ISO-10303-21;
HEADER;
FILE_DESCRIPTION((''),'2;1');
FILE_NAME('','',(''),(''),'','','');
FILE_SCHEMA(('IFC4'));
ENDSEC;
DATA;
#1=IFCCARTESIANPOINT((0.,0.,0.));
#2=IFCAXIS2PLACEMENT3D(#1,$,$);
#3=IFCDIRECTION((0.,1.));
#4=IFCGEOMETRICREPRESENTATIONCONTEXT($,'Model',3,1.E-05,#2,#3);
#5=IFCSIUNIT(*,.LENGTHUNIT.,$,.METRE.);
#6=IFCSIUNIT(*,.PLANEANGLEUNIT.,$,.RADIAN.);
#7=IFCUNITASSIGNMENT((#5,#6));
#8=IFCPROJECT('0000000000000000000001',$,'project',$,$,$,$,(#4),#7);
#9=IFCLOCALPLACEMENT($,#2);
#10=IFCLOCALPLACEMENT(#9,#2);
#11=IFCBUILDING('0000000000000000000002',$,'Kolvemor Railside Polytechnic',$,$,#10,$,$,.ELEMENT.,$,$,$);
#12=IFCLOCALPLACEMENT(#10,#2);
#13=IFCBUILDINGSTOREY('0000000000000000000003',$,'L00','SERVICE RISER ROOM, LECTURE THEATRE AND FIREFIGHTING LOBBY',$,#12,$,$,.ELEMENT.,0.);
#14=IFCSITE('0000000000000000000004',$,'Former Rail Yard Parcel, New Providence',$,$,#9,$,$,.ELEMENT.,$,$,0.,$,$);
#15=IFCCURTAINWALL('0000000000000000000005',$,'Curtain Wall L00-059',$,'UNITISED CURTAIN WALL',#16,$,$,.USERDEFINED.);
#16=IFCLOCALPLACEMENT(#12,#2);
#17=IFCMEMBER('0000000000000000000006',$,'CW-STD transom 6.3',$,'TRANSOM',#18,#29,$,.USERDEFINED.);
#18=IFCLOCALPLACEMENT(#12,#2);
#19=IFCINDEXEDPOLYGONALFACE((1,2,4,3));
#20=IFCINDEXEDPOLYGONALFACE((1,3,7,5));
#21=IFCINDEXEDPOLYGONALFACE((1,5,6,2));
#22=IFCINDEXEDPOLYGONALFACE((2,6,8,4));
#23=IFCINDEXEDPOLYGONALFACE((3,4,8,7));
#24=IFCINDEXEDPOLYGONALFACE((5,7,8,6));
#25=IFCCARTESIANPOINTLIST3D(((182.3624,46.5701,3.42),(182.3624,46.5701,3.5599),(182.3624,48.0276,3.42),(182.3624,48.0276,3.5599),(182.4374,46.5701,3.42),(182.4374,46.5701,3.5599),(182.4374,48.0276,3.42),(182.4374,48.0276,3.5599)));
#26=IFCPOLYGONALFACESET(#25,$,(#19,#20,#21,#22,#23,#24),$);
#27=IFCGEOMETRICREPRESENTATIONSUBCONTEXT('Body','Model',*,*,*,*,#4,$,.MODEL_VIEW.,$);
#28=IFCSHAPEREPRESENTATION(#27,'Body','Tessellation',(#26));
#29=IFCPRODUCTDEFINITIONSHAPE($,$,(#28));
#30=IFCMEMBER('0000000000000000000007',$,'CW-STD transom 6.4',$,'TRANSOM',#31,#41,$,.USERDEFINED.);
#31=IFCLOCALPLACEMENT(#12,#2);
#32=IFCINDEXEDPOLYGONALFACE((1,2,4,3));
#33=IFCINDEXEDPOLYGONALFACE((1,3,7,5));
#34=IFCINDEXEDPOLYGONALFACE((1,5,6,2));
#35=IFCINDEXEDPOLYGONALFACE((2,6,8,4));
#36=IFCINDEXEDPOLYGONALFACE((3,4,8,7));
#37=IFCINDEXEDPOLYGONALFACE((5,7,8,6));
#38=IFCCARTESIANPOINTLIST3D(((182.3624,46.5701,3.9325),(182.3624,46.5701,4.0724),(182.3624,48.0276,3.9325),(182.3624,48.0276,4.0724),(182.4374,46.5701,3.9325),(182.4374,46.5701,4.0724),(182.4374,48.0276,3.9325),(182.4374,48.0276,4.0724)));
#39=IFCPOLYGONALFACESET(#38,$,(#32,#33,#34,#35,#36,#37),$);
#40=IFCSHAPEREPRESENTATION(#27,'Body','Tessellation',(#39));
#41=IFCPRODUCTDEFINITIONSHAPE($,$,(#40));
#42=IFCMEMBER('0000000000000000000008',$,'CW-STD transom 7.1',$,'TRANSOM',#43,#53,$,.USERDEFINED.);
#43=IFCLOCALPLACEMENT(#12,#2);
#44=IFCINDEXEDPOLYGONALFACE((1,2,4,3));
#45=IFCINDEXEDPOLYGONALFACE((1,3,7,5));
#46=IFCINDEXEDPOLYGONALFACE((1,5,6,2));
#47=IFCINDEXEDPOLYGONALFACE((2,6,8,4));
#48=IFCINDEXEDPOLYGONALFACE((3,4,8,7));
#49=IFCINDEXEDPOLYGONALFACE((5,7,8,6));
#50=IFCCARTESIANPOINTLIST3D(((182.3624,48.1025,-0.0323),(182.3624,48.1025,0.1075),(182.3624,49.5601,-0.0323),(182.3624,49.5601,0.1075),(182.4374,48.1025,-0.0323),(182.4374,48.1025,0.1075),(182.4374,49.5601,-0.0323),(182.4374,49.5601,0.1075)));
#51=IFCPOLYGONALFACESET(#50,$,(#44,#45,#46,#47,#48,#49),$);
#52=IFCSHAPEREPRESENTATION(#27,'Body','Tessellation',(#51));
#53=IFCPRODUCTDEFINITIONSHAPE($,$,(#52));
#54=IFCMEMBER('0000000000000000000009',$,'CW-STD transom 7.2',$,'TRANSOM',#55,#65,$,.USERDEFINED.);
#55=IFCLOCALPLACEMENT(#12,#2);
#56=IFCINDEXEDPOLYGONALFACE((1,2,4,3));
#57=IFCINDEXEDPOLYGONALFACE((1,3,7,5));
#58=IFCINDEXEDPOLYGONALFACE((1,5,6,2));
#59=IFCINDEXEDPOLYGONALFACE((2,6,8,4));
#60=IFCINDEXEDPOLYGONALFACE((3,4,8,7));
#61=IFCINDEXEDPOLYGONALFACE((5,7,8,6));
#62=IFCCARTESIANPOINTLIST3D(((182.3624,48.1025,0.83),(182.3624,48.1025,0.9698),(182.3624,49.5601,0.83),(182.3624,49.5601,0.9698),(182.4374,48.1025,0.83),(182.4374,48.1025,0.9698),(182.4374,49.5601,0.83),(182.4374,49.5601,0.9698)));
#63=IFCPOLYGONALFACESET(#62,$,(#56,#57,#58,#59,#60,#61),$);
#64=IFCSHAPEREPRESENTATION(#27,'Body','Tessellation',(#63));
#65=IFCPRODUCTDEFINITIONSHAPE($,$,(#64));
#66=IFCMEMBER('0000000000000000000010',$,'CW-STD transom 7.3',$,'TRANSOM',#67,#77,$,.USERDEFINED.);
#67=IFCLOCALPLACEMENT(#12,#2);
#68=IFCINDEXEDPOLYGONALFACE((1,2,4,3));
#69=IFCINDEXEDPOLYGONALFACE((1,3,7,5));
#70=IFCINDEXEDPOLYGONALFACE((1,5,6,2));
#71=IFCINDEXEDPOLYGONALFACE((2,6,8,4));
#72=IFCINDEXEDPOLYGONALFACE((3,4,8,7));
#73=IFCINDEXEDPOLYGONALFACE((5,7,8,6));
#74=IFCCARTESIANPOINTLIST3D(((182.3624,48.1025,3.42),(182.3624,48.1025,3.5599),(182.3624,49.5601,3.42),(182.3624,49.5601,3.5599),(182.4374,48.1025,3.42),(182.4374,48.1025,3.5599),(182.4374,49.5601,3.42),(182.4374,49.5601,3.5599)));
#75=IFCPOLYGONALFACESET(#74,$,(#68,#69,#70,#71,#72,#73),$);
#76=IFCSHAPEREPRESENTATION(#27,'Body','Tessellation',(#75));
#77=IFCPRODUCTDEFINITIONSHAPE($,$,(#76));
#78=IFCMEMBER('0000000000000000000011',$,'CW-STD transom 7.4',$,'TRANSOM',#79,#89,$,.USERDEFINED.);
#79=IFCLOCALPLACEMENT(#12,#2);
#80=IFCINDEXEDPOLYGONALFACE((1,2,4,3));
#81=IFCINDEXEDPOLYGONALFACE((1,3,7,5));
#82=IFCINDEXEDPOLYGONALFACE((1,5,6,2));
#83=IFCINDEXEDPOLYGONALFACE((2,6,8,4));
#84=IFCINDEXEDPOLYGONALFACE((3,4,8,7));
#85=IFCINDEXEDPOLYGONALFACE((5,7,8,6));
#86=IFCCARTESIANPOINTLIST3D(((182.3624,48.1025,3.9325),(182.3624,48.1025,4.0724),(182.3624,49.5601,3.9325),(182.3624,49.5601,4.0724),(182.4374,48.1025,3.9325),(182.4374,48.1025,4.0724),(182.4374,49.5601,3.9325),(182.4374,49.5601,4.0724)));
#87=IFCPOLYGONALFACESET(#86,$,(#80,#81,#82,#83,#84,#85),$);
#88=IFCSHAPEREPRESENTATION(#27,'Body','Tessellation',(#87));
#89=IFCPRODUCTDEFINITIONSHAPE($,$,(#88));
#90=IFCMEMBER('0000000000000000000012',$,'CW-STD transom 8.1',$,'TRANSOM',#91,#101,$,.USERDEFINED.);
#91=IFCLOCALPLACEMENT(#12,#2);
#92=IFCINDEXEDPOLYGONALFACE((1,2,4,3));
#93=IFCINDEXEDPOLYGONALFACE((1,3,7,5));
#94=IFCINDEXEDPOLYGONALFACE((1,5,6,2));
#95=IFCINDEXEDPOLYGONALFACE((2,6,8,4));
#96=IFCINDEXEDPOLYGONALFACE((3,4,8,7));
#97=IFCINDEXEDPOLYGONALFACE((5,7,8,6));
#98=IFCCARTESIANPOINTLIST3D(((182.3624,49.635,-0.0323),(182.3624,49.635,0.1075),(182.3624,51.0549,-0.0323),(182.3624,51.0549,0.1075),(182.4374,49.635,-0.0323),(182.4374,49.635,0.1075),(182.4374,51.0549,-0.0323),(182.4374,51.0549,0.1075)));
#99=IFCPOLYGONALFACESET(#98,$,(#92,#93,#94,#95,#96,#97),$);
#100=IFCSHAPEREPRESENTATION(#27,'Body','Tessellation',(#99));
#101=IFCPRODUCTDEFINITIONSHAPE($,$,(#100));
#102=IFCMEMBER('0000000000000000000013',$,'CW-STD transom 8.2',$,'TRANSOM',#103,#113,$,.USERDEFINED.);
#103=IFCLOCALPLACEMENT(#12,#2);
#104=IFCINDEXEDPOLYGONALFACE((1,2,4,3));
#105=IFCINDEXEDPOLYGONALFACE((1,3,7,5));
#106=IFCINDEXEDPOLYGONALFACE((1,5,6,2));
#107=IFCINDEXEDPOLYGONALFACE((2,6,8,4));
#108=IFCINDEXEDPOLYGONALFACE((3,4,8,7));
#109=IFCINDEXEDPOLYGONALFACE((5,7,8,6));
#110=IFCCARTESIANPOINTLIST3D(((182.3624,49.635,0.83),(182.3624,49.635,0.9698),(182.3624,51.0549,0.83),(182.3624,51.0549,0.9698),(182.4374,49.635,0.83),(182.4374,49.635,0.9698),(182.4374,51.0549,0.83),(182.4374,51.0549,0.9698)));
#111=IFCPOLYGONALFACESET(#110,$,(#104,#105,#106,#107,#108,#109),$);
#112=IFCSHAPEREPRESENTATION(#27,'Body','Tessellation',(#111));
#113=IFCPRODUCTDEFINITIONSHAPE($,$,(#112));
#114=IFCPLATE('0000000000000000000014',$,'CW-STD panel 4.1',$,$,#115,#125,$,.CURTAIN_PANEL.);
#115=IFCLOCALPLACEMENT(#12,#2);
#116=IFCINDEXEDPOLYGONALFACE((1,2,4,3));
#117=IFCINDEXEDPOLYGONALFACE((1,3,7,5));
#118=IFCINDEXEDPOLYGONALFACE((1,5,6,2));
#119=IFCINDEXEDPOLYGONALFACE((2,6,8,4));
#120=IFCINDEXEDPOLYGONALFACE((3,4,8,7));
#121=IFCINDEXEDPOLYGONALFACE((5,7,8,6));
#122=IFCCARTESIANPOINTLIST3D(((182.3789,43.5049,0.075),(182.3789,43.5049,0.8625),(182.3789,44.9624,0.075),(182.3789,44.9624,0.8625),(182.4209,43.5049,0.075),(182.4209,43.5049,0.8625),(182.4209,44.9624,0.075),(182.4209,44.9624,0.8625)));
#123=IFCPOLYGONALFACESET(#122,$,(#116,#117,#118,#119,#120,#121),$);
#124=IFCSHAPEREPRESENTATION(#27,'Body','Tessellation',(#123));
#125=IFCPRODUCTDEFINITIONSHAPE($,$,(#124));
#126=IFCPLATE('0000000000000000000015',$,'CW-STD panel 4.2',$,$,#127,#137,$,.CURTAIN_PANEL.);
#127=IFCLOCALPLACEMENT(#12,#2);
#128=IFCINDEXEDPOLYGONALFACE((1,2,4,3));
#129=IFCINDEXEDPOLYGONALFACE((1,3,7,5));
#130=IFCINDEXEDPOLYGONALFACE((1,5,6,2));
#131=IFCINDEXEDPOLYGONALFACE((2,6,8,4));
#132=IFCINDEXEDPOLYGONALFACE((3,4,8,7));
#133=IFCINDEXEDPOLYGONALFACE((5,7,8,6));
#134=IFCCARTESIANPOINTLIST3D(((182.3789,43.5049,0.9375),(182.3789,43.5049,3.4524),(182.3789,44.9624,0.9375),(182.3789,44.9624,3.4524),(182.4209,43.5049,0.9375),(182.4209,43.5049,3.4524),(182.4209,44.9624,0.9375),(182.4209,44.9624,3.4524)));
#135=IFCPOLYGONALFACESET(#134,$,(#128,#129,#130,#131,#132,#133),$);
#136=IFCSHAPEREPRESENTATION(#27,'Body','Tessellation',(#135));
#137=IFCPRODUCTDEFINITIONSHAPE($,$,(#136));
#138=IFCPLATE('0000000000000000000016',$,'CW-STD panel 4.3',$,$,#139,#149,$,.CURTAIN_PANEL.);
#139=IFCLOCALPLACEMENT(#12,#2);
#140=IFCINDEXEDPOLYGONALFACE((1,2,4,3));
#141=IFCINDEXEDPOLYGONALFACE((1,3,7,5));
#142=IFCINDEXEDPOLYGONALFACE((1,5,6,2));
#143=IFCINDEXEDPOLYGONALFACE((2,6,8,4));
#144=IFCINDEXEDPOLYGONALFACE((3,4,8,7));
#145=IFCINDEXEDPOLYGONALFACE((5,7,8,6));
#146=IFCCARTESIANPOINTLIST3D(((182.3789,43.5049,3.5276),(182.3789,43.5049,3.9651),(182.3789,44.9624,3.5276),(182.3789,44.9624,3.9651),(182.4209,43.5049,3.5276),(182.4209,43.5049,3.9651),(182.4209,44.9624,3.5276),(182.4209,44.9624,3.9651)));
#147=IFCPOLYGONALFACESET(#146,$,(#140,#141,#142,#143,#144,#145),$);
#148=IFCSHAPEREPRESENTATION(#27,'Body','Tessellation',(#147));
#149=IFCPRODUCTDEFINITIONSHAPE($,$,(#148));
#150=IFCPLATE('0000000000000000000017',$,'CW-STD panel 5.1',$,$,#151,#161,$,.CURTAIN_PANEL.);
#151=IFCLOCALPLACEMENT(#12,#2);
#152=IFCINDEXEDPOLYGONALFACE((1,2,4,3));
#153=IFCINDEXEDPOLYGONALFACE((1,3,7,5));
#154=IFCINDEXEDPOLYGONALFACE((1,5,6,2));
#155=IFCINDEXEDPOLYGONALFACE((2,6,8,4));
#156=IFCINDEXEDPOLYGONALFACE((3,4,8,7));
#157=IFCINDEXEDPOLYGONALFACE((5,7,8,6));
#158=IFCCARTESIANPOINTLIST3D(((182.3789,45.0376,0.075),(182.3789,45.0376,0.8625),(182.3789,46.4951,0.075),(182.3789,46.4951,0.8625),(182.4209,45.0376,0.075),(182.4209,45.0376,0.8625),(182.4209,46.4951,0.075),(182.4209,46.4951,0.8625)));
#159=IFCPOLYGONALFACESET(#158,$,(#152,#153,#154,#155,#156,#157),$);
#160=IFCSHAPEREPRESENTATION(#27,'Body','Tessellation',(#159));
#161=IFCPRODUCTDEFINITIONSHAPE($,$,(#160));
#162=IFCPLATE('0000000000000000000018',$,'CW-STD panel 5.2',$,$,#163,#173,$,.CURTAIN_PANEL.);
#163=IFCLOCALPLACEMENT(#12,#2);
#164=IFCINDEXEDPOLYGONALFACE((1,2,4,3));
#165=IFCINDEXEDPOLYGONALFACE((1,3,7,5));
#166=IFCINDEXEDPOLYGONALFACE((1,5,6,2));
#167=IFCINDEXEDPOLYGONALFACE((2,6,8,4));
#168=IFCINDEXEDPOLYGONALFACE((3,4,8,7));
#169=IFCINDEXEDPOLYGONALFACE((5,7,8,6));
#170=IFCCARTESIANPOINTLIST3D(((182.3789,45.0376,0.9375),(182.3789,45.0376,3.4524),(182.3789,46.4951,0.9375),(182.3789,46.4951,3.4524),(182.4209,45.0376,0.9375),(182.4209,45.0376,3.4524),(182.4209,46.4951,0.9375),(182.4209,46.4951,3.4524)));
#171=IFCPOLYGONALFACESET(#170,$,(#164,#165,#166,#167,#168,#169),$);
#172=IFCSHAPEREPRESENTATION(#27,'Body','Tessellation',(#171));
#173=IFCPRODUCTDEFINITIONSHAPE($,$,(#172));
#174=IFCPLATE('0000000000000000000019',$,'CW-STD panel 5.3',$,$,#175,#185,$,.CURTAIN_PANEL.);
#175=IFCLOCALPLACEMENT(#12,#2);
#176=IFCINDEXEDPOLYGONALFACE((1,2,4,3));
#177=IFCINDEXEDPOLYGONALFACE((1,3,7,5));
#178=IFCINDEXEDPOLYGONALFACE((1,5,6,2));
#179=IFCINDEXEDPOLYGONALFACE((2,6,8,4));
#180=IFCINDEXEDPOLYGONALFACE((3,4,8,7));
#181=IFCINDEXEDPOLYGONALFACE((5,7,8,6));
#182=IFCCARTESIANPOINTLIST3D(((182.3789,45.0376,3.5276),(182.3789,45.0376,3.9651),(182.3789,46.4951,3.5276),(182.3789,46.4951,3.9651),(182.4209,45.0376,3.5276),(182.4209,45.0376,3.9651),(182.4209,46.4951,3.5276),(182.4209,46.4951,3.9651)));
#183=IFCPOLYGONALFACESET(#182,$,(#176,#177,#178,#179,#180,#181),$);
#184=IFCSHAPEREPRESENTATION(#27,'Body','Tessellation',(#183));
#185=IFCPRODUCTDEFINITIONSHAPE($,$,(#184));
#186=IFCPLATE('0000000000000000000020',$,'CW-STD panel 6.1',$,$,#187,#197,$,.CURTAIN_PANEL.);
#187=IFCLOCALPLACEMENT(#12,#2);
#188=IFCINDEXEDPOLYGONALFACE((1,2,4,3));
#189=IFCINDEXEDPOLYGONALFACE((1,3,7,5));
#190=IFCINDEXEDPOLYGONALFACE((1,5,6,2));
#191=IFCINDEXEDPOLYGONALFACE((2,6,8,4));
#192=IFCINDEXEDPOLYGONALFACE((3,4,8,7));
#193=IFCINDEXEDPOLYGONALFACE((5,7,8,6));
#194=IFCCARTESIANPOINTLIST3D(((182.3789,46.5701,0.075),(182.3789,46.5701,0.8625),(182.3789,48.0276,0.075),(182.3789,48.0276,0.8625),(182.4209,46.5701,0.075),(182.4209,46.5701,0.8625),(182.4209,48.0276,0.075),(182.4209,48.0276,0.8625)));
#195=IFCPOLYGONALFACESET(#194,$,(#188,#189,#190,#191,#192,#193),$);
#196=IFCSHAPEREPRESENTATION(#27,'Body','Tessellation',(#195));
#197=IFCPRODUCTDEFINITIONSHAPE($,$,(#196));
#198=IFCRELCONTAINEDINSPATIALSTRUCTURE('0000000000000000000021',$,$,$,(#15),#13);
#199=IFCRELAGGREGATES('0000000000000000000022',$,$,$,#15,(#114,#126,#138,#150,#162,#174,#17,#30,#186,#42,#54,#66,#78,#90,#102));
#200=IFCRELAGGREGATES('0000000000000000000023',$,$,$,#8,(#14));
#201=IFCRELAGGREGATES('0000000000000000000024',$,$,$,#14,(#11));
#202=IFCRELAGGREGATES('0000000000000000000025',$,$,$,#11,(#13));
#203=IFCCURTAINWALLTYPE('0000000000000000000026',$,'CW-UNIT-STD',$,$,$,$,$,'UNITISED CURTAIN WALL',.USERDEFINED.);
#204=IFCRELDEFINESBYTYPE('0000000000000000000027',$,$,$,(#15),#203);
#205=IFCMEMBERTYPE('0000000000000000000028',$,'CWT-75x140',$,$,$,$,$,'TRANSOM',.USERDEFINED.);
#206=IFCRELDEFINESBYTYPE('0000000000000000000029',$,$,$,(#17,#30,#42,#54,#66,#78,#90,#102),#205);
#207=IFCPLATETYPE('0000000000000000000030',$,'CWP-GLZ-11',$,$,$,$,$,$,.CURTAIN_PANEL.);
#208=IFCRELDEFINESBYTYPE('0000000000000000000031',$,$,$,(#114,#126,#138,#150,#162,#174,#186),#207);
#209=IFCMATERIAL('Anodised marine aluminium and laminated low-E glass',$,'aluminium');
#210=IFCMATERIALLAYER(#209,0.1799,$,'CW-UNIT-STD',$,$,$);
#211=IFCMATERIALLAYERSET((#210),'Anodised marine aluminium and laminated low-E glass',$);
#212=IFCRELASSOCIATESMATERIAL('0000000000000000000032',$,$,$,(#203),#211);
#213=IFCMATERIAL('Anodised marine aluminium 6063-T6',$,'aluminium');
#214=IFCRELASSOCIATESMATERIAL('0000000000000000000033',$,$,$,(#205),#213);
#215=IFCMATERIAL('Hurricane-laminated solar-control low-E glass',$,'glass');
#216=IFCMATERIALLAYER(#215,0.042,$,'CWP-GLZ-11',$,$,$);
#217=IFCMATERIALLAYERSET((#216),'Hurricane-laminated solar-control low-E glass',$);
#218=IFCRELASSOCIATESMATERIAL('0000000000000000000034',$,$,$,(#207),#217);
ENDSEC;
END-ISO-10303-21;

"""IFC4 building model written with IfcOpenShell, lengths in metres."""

from ifc_helpers import new_model, si_unit, direction, frame, origin, origin_2d, place, context, subcontext, project, spatial, rectangle, extrude, material, layer, layer_set, material_profile, profile_set, type_object, element, aggregate, save


model = new_model("IFC4")

# Units and contexts
model_context = context("Model", 3, precision=1e-05, world=origin(), true_north=direction((0.0, 1.0)))
body_context = subcontext(model_context, "Body", "Model", "MODEL_VIEW")
ifc_project = project(units=[si_unit("LENGTHUNIT", "METRE"), si_unit("PLANEANGLEUNIT", "RADIAN")], contexts=[model_context])

# Site, building, storey
site_placement = place(None, origin())
site = spatial("IfcSite", under=ifc_project, at=site_placement, Name="Former Rail Yard Parcel, New Providence", CompositionType="ELEMENT", RefElevation=0.0)
building_placement = place(site_placement, origin())
building = spatial("IfcBuilding", under=site, at=building_placement, Name="Kolvemor Railside Polytechnic", CompositionType="ELEMENT")
storey_placement = place(building_placement, origin())
storey = spatial("IfcBuildingStorey", under=building, at=storey_placement, Name="L00", Description="SERVICE RISER ROOM, LECTURE THEATRE AND FIREFIGHTING LOBBY", CompositionType="ELEMENT", Elevation=0.0)

# Curtain wall, members, plates
ifc_material_1 = material(Name="Anodised marine aluminium and laminated low-E glass", Category="aluminium")
ifc_layer_1 = layer(ifc_material_1, 0.1799, Name="CW-UNIT-STD")
ifc_layer_set_1 = layer_set([ifc_layer_1], Name="Anodised marine aluminium and laminated low-E glass")
curtain_wall_type = type_object("IfcCurtainWallType", Name="CW-UNIT-STD", ElementType="UNITISED CURTAIN WALL", PredefinedType="USERDEFINED", material=ifc_layer_set_1)
curtain_wall_placement = place(storey_placement, origin())
curtain_wall = element("IfcCurtainWall", 1, at=curtain_wall_placement, inside=storey, type_object=curtain_wall_type, Name="Curtain Wall L00-059", ObjectType="UNITISED CURTAIN WALL", PredefinedType="USERDEFINED")
ifc_material_2 = material(Name="Anodised marine aluminium 6063-T6", Category="aluminium")
ifc_material_profile_1 = material_profile(ifc_material_2, rectangle(XDim=0.075, YDim=0.1399, at=origin_2d()), Name="CW-TRN-75x140")
ifc_profile_set_1 = profile_set([ifc_material_profile_1], Name="Anodised marine aluminium 6063-T6")
member_type_1 = type_object("IfcMemberType", Name="CWT-75x140", ElementType="TRANSOM", PredefinedType="USERDEFINED", material=ifc_profile_set_1)
member_1_placement = place(storey_placement, frame((182.3999, 46.5701, 3.49), z_axis=(0.0, 1.0, 0.0), x_axis=(-1.0, 0.0, 0.0)))
member_1 = element("IfcMember", 2, at=member_1_placement, type_object=member_type_1, Name="CW-STD transom 6.3", ObjectType="TRANSOM", PredefinedType="USERDEFINED", context=body_context, shape_type="SweptSolid", body=[
    extrude(rectangle(XDim=0.075, YDim=0.1399, at=origin_2d()), origin(), (0.0, 0.0, 1.0), 1.4575),
])
member_2_placement = place(storey_placement, frame((182.3999, 46.5701, 4.0024), z_axis=(0.0, 1.0, 0.0), x_axis=(-1.0, 0.0, 0.0)))
member_2 = element("IfcMember", 3, at=member_2_placement, type_object=member_type_1, Name="CW-STD transom 6.4", ObjectType="TRANSOM", PredefinedType="USERDEFINED", context=body_context, shape_type="SweptSolid", body=[
    extrude(rectangle(XDim=0.075, YDim=0.1399, at=origin_2d()), origin(), (0.0, 0.0, 1.0), 1.4575),
])
member_3_placement = place(storey_placement, frame((182.3999, 48.1025, 0.0376), z_axis=(0.0, 1.0, 0.0), x_axis=(-1.0, 0.0, 0.0)))
member_3 = element("IfcMember", 4, at=member_3_placement, type_object=member_type_1, Name="CW-STD transom 7.1", ObjectType="TRANSOM", PredefinedType="USERDEFINED", context=body_context, shape_type="SweptSolid", body=[
    extrude(rectangle(XDim=0.075, YDim=0.1399, at=origin_2d()), origin(), (0.0, 0.0, 1.0), 1.4575),
])
member_4_placement = place(storey_placement, frame((182.3999, 48.1025, 0.8999), z_axis=(0.0, 1.0, 0.0), x_axis=(-1.0, 0.0, 0.0)))
member_4 = element("IfcMember", 5, at=member_4_placement, type_object=member_type_1, Name="CW-STD transom 7.2", ObjectType="TRANSOM", PredefinedType="USERDEFINED", context=body_context, shape_type="SweptSolid", body=[
    extrude(rectangle(XDim=0.075, YDim=0.1399, at=origin_2d()), origin(), (0.0, 0.0, 1.0), 1.4575),
])
member_5_placement = place(storey_placement, frame((182.3999, 48.1025, 3.49), z_axis=(0.0, 1.0, 0.0), x_axis=(-1.0, 0.0, 0.0)))
member_5 = element("IfcMember", 6, at=member_5_placement, type_object=member_type_1, Name="CW-STD transom 7.3", ObjectType="TRANSOM", PredefinedType="USERDEFINED", context=body_context, shape_type="SweptSolid", body=[
    extrude(rectangle(XDim=0.075, YDim=0.1399, at=origin_2d()), origin(), (0.0, 0.0, 1.0), 1.4575),
])
member_6_placement = place(storey_placement, frame((182.3999, 48.1025, 4.0024), z_axis=(0.0, 1.0, 0.0), x_axis=(-1.0, 0.0, 0.0)))
member_6 = element("IfcMember", 7, at=member_6_placement, type_object=member_type_1, Name="CW-STD transom 7.4", ObjectType="TRANSOM", PredefinedType="USERDEFINED", context=body_context, shape_type="SweptSolid", body=[
    extrude(rectangle(XDim=0.075, YDim=0.1399, at=origin_2d()), origin(), (0.0, 0.0, 1.0), 1.4575),
])
member_7_placement = place(storey_placement, frame((182.3999, 49.635, 0.0376), z_axis=(0.0, 1.0, 0.0), x_axis=(-1.0, 0.0, 0.0)))
member_7 = element("IfcMember", 8, at=member_7_placement, type_object=member_type_1, Name="CW-STD transom 8.1", ObjectType="TRANSOM", PredefinedType="USERDEFINED", context=body_context, shape_type="SweptSolid", body=[
    extrude(rectangle(XDim=0.075, YDim=0.1399, at=origin_2d()), origin(), (0.0, 0.0, 1.0), 1.4199),
])
member_8_placement = place(storey_placement, frame((182.3999, 49.635, 0.8999), z_axis=(0.0, 1.0, 0.0), x_axis=(-1.0, 0.0, 0.0)))
member_8 = element("IfcMember", 9, at=member_8_placement, type_object=member_type_1, Name="CW-STD transom 8.2", ObjectType="TRANSOM", PredefinedType="USERDEFINED", context=body_context, shape_type="SweptSolid", body=[
    extrude(rectangle(XDim=0.075, YDim=0.1399, at=origin_2d()), origin(), (0.0, 0.0, 1.0), 1.4199),
])
ifc_material_3 = material(Name="Hurricane-laminated solar-control low-E glass", Category="glass")
ifc_layer_2 = layer(ifc_material_3, 0.042, Name="CWP-GLZ-11")
ifc_layer_set_2 = layer_set([ifc_layer_2], Name="Hurricane-laminated solar-control low-E glass")
plate_type = type_object("IfcPlateType", Name="CWP-GLZ-11", PredefinedType="CURTAIN_PANEL", material=ifc_layer_set_2)
plate_1_placement = place(storey_placement, frame((182.3999, 44.2336, 0.075), z_axis=(0.0, 0.0, 1.0), x_axis=(0.0, 1.0, 0.0)))
plate_1 = element("IfcPlate", 10, at=plate_1_placement, type_object=plate_type, Name="CW-STD panel 4.1", PredefinedType="CURTAIN_PANEL", context=body_context, shape_type="SweptSolid", body=[
    extrude(rectangle(XDim=1.4575, YDim=0.042, at=origin_2d()), origin(), (0.0, 0.0, 1.0), 0.7876),
])
plate_2_placement = place(storey_placement, frame((182.3999, 44.2336, 0.9375), z_axis=(0.0, 0.0, 1.0), x_axis=(0.0, 1.0, 0.0)))
plate_2 = element("IfcPlate", 11, at=plate_2_placement, type_object=plate_type, Name="CW-STD panel 4.2", PredefinedType="CURTAIN_PANEL", context=body_context, shape_type="SweptSolid", body=[
    extrude(rectangle(XDim=1.4575, YDim=0.042, at=origin_2d()), origin(), (0.0, 0.0, 1.0), 2.5149),
])
plate_3_placement = place(storey_placement, frame((182.3999, 44.2336, 3.5276), z_axis=(0.0, 0.0, 1.0), x_axis=(0.0, 1.0, 0.0)))
plate_3 = element("IfcPlate", 12, at=plate_3_placement, type_object=plate_type, Name="CW-STD panel 4.3", PredefinedType="CURTAIN_PANEL", context=body_context, shape_type="SweptSolid", body=[
    extrude(rectangle(XDim=1.4575, YDim=0.042, at=origin_2d()), origin(), (0.0, 0.0, 1.0), 0.4375),
])
plate_4_placement = place(storey_placement, frame((182.3999, 45.7664, 0.075), z_axis=(0.0, 0.0, 1.0), x_axis=(0.0, 1.0, 0.0)))
plate_4 = element("IfcPlate", 13, at=plate_4_placement, type_object=plate_type, Name="CW-STD panel 5.1", PredefinedType="CURTAIN_PANEL", context=body_context, shape_type="SweptSolid", body=[
    extrude(rectangle(XDim=1.4575, YDim=0.042, at=origin_2d()), origin(), (0.0, 0.0, 1.0), 0.7876),
])
plate_5_placement = place(storey_placement, frame((182.3999, 45.7664, 0.9375), z_axis=(0.0, 0.0, 1.0), x_axis=(0.0, 1.0, 0.0)))
plate_5 = element("IfcPlate", 14, at=plate_5_placement, type_object=plate_type, Name="CW-STD panel 5.2", PredefinedType="CURTAIN_PANEL", context=body_context, shape_type="SweptSolid", body=[
    extrude(rectangle(XDim=1.4575, YDim=0.042, at=origin_2d()), origin(), (0.0, 0.0, 1.0), 2.5149),
])
plate_6_placement = place(storey_placement, frame((182.3999, 45.7664, 3.5276), z_axis=(0.0, 0.0, 1.0), x_axis=(0.0, 1.0, 0.0)))
plate_6 = element("IfcPlate", 15, at=plate_6_placement, type_object=plate_type, Name="CW-STD panel 5.3", PredefinedType="CURTAIN_PANEL", context=body_context, shape_type="SweptSolid", body=[
    extrude(rectangle(XDim=1.4575, YDim=0.042, at=origin_2d()), origin(), (0.0, 0.0, 1.0), 0.4375),
])
plate_7_placement = place(storey_placement, frame((182.3999, 47.2988, 0.075), z_axis=(0.0, 0.0, 1.0), x_axis=(0.0, 1.0, 0.0)))
plate_7 = element("IfcPlate", 16, at=plate_7_placement, type_object=plate_type, Name="CW-STD panel 6.1", PredefinedType="CURTAIN_PANEL", context=body_context, shape_type="SweptSolid", body=[
    extrude(rectangle(XDim=1.4575, YDim=0.042, at=origin_2d()), origin(), (0.0, 0.0, 1.0), 0.7876),
])
aggregate(curtain_wall, [plate_1, plate_2, plate_3, plate_4, plate_5, plate_6, member_1, member_2, plate_7, member_3, member_4, member_5, member_6, member_7, member_8])

save(model, "model.ifc")
